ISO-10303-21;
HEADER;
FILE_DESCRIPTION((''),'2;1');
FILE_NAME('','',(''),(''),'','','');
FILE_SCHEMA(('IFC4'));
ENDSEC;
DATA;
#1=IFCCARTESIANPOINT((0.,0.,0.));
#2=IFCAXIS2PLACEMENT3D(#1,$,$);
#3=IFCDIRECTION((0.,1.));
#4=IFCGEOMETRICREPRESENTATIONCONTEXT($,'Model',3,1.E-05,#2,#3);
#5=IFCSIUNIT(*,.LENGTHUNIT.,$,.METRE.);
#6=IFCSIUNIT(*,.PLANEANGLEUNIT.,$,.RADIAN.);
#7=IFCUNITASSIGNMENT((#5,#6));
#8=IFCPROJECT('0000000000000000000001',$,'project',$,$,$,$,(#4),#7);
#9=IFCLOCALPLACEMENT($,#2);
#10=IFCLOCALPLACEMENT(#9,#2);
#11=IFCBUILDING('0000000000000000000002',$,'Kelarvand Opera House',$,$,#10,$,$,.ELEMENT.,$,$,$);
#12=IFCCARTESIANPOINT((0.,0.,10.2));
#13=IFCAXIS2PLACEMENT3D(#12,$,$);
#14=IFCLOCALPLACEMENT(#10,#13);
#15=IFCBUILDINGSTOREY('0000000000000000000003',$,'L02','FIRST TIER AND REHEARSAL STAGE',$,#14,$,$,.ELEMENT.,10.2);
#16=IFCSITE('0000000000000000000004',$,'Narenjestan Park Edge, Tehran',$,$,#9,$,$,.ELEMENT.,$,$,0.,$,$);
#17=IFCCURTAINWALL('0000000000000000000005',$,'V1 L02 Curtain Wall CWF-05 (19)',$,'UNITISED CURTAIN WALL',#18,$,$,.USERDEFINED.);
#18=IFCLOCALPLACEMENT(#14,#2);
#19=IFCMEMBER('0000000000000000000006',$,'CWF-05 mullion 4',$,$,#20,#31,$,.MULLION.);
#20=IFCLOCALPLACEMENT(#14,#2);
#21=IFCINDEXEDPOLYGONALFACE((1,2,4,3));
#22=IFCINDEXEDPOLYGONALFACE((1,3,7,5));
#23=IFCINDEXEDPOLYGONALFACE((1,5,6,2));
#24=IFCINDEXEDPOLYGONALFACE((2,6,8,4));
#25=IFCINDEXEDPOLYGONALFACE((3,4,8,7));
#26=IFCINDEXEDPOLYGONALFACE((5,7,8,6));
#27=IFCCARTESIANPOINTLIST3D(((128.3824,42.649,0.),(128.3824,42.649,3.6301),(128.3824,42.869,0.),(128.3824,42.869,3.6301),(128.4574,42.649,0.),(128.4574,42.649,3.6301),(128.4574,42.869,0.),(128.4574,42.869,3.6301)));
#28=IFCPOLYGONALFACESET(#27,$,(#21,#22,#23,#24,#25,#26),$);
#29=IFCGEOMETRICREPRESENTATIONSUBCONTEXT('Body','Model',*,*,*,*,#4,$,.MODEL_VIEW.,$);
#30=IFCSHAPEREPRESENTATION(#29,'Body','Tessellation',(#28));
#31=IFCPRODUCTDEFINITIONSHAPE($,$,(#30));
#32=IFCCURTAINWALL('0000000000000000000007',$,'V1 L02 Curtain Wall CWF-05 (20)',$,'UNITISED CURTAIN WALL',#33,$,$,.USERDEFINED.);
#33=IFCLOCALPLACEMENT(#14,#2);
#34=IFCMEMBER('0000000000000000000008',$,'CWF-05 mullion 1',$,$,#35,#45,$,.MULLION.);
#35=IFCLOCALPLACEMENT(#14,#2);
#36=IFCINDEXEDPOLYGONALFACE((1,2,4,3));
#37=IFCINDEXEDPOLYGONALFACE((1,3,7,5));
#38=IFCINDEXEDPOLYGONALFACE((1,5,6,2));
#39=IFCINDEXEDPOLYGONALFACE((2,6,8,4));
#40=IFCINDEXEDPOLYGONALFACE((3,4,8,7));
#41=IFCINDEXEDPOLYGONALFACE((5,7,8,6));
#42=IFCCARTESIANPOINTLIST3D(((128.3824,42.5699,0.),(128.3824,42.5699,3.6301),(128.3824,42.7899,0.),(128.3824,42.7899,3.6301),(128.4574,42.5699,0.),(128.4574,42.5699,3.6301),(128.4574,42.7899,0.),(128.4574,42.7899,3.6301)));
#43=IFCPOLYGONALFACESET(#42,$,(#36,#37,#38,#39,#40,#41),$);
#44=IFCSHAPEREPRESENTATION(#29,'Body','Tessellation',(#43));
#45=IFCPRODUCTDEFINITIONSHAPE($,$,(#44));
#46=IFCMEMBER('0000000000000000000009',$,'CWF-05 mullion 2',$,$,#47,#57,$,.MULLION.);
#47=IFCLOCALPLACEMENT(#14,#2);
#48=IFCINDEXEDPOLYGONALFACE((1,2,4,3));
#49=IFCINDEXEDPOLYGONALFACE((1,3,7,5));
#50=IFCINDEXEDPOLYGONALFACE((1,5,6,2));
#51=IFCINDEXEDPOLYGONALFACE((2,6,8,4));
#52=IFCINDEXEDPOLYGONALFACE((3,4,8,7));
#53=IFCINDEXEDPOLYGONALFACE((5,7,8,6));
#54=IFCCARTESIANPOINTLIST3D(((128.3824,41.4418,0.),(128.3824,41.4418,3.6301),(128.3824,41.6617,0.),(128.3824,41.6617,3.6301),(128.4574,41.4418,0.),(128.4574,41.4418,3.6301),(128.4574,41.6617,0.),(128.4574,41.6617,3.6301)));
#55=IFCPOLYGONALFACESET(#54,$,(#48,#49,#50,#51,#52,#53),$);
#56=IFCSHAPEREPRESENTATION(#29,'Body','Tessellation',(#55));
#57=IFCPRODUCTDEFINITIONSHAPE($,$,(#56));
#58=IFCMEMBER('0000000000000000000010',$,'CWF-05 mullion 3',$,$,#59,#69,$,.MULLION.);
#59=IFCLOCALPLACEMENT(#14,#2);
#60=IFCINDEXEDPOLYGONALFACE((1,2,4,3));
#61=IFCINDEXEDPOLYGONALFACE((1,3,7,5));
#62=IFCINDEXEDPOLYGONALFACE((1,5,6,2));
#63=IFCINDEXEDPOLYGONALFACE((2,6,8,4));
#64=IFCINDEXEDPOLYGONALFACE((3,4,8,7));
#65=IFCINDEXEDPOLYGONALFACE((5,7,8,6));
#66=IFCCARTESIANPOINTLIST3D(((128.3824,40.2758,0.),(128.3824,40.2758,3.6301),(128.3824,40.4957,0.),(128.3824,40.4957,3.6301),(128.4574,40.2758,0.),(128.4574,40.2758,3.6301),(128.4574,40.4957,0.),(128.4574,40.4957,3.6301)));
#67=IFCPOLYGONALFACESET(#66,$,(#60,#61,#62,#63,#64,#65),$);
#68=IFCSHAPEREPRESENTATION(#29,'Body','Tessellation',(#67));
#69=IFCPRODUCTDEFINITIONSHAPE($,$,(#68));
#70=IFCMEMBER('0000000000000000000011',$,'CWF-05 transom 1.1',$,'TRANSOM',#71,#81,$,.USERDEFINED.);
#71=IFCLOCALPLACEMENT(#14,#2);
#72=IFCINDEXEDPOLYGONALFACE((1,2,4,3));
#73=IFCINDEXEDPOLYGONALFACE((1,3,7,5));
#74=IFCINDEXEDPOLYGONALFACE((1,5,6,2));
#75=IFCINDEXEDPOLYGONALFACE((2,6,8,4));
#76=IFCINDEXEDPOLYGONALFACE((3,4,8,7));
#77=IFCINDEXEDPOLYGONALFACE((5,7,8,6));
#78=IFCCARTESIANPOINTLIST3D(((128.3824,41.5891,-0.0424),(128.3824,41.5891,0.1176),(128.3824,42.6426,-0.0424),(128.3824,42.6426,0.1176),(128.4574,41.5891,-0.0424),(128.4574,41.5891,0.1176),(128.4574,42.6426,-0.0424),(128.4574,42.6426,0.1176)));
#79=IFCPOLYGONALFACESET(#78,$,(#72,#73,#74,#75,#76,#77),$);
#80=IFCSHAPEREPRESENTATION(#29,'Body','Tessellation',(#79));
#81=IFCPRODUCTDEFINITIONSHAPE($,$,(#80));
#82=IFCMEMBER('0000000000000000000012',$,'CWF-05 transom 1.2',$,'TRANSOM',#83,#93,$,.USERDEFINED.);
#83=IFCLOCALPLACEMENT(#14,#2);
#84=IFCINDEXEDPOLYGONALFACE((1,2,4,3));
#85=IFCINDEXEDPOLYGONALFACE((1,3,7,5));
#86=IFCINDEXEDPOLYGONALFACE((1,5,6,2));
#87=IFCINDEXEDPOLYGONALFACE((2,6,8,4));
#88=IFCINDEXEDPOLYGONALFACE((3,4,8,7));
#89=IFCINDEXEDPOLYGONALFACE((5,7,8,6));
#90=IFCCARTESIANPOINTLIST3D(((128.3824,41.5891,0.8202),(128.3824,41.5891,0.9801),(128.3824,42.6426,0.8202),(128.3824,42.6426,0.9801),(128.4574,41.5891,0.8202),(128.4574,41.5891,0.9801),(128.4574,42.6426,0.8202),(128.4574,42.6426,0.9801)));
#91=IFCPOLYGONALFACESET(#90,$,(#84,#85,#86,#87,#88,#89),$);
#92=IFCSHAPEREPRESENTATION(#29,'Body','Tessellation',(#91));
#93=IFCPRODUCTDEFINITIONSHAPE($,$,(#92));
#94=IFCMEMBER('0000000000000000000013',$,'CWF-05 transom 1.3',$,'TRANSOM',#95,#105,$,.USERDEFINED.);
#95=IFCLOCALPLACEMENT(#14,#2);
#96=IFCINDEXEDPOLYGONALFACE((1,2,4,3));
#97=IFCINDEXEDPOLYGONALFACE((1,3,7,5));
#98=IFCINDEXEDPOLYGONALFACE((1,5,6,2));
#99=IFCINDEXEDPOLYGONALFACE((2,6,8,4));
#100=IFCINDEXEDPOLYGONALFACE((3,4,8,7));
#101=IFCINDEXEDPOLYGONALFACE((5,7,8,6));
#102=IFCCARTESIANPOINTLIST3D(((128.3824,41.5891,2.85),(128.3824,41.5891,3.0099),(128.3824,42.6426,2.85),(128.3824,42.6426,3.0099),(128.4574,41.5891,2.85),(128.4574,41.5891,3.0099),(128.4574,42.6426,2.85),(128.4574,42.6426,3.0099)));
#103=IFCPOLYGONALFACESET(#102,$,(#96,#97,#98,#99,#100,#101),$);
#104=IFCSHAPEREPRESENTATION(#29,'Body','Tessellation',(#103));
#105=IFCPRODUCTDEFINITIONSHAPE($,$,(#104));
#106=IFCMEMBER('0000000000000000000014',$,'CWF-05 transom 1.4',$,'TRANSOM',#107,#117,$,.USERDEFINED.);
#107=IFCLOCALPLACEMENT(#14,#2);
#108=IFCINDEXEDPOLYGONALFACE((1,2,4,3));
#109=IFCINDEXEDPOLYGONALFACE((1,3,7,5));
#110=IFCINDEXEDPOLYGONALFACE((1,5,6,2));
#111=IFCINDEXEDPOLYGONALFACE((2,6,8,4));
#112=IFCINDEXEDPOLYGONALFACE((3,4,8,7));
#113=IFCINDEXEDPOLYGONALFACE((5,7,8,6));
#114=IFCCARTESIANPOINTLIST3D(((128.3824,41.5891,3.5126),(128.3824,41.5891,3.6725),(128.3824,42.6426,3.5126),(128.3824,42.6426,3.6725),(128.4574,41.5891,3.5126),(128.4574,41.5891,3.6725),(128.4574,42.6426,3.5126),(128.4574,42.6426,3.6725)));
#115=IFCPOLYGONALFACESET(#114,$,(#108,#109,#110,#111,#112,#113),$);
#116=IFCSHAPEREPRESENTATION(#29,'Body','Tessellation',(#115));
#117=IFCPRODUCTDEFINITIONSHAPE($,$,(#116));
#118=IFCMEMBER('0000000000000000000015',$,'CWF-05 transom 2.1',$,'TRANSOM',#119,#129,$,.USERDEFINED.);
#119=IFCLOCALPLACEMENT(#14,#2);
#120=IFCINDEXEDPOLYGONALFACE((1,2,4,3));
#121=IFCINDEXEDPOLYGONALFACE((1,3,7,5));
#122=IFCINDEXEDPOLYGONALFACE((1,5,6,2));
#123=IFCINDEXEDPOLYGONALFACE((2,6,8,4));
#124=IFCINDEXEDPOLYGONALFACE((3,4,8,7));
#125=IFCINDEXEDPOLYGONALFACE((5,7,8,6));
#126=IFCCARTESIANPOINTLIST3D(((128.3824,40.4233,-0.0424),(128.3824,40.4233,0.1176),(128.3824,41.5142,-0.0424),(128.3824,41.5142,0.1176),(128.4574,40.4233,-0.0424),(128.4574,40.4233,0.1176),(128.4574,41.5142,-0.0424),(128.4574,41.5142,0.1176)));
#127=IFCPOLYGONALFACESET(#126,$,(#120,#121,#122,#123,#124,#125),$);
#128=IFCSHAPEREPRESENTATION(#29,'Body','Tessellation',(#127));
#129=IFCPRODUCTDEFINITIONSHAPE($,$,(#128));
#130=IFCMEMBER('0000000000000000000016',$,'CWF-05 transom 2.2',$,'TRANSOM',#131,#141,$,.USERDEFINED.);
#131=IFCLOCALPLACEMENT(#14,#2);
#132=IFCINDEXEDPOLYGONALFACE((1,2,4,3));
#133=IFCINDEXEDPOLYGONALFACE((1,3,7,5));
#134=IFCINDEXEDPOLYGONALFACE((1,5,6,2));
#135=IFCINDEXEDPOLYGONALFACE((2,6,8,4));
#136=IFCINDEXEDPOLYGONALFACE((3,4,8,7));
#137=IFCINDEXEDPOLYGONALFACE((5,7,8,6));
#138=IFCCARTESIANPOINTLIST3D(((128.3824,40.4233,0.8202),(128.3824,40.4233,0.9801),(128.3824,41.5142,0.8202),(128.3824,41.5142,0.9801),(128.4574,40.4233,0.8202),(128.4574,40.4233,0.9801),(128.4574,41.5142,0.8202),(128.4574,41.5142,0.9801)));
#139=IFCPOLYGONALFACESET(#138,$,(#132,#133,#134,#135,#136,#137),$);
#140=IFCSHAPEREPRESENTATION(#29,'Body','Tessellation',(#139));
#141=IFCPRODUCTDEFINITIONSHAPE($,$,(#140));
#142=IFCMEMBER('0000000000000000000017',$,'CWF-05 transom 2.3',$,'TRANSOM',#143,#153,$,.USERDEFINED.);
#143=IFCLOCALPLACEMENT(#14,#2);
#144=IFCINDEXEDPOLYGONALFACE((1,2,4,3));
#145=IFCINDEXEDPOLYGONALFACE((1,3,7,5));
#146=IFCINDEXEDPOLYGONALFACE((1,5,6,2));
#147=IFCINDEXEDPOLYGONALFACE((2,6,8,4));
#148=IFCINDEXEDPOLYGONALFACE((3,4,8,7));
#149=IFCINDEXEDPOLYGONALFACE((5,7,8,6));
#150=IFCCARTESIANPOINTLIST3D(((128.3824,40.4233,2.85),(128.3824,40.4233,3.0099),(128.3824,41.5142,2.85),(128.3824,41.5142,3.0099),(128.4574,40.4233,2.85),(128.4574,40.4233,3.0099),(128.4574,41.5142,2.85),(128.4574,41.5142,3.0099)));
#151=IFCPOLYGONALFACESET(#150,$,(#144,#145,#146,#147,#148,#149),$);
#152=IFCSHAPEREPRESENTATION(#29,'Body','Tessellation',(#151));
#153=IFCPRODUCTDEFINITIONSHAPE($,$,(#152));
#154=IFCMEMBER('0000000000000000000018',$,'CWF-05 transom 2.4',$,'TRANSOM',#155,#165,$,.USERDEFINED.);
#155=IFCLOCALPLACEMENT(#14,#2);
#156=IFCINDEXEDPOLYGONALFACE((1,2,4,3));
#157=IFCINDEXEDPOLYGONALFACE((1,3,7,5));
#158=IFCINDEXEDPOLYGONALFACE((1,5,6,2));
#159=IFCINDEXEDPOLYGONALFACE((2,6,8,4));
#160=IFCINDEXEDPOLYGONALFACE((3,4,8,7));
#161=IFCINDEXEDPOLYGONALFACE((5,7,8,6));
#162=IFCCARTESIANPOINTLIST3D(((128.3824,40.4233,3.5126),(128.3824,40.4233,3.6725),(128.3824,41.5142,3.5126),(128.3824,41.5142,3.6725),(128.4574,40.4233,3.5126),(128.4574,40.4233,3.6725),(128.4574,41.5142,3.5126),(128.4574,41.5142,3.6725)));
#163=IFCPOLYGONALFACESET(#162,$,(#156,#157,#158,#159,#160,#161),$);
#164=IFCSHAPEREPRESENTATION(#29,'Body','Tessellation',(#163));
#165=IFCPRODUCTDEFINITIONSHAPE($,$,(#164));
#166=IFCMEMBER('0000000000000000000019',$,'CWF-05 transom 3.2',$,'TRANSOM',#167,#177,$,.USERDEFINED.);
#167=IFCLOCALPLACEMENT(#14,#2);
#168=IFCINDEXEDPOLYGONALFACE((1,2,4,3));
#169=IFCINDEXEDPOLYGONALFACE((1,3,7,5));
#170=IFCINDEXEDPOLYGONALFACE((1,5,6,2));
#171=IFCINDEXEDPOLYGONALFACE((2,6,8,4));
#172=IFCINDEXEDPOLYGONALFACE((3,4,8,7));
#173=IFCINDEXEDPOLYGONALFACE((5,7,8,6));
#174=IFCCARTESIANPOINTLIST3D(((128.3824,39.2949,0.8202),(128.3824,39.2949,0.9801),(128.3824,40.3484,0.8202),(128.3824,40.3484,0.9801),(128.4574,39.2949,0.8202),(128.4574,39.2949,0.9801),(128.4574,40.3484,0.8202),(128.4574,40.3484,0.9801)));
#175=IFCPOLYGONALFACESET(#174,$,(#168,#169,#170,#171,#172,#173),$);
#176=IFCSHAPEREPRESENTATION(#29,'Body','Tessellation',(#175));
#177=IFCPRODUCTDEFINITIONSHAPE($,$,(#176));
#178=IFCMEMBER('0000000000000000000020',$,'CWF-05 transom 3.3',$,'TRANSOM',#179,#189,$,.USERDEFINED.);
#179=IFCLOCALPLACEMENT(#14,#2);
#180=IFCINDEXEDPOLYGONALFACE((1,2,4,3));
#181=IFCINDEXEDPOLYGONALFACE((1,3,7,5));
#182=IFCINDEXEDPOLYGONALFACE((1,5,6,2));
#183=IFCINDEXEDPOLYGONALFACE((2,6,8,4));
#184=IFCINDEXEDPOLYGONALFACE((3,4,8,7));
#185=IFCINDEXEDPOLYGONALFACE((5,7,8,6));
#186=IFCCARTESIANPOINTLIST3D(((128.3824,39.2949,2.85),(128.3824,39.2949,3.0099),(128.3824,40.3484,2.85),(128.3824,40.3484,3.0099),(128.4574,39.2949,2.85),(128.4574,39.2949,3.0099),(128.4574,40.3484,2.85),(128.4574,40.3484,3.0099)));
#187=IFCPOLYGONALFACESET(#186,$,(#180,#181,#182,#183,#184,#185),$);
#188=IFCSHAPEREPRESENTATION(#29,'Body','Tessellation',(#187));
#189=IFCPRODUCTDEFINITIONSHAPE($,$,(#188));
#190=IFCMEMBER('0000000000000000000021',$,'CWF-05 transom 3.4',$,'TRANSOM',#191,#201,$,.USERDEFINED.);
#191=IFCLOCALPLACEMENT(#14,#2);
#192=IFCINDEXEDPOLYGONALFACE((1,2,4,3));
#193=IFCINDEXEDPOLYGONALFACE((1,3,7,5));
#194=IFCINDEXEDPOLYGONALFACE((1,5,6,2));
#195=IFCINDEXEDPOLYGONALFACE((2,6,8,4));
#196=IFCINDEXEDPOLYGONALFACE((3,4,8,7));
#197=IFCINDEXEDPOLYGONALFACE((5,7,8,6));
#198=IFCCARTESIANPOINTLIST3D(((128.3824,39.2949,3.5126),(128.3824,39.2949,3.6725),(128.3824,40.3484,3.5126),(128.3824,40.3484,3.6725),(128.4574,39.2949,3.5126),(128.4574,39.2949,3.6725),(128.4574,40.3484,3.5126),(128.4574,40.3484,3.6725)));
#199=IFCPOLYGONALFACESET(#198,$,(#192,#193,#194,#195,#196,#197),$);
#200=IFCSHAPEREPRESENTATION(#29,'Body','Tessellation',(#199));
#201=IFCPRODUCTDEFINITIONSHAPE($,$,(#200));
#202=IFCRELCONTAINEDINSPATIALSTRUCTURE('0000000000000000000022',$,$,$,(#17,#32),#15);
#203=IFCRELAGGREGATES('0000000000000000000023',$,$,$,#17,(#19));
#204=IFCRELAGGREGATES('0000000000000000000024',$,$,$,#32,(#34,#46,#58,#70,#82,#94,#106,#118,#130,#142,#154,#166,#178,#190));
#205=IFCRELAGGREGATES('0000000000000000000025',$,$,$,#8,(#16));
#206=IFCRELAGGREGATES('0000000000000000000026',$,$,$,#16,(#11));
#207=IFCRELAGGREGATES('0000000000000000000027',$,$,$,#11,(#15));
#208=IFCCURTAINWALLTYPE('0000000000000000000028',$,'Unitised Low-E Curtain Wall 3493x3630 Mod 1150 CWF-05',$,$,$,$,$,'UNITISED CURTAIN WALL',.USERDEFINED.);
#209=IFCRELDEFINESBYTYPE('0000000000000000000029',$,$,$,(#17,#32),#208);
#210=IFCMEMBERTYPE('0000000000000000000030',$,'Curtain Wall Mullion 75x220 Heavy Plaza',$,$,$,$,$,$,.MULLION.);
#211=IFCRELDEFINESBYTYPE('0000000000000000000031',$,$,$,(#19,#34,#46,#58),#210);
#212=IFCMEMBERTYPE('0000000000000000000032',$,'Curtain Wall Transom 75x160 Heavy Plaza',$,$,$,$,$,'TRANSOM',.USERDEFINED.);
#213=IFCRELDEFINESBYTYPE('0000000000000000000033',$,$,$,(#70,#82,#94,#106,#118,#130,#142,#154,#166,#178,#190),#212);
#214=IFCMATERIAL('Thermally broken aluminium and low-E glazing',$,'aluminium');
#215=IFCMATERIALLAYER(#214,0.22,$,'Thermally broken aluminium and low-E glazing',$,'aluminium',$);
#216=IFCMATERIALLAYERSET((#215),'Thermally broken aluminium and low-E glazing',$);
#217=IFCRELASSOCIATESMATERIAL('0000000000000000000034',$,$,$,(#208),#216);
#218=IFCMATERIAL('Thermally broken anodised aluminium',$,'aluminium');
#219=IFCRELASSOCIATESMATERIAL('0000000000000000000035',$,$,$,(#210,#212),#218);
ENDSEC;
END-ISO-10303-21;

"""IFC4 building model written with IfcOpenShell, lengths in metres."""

from ifc_helpers import new_model, si_unit, direction, frame, origin, origin_2d, place, context, subcontext, project, spatial, rectangle, extrude, material, layer, layer_set, material_profile, profile_set, type_object, element, aggregate, save


model = new_model("IFC4")

# Units and contexts
model_context = context("Model", 3, precision=1e-05, world=origin(), true_north=direction((0.0, 1.0)))
body_context = subcontext(model_context, "Body", "Model", "MODEL_VIEW")
ifc_project = project(units=[si_unit("LENGTHUNIT", "METRE"), si_unit("PLANEANGLEUNIT", "RADIAN")], contexts=[model_context])

# Site, building, storey
site_placement = place(None, origin())
site = spatial("IfcSite", under=ifc_project, at=site_placement, Name="Narenjestan Park Edge, Tehran", CompositionType="ELEMENT", RefElevation=0.0)
building_placement = place(site_placement, origin())
building = spatial("IfcBuilding", under=site, at=building_placement, Name="Kelarvand Opera House", CompositionType="ELEMENT")
storey_placement = place(building_placement, frame((0.0, 0.0, 10.2)))
storey = spatial("IfcBuildingStorey", under=building, at=storey_placement, Name="L02", Description="FIRST TIER AND REHEARSAL STAGE", CompositionType="ELEMENT", Elevation=10.2)

# Curtain wall, member
ifc_material_1 = material(Name="Thermally broken aluminium and low-E glazing", Category="aluminium")
ifc_layer_1 = layer(ifc_material_1, 0.22, Name="Thermally broken aluminium and low-E glazing", Category="aluminium")
ifc_layer_set_1 = layer_set([ifc_layer_1], Name="Thermally broken aluminium and low-E glazing")
curtain_wall_type = type_object("IfcCurtainWallType", Name="Unitised Low-E Curtain Wall 3493x3630 Mod 1150 CWF-05", ElementType="UNITISED CURTAIN WALL", PredefinedType="USERDEFINED", material=ifc_layer_set_1)
curtain_wall_1_placement = place(storey_placement, origin())
curtain_wall_1 = element("IfcCurtainWall", 1, at=curtain_wall_1_placement, inside=storey, type_object=curtain_wall_type, Name="V1 L02 Curtain Wall CWF-05 (19)", ObjectType="UNITISED CURTAIN WALL", PredefinedType="USERDEFINED")
ifc_material_2 = material(Name="Thermally broken anodised aluminium", Category="aluminium")
ifc_material_profile_1 = material_profile(ifc_material_2, rectangle(XDim=0.075, YDim=0.22, at=origin_2d()), Name="ALU MULLION 75x220", Category="aluminium")
ifc_profile_set_1 = profile_set([ifc_material_profile_1], Name="Thermally broken anodised aluminium")
member_type_1 = type_object("IfcMemberType", Name="Curtain Wall Mullion 75x220 Heavy Plaza", PredefinedType="MULLION", material=ifc_profile_set_1)
member_1_placement = place(storey_placement, frame((128.4199, 42.759, 0.0), z_axis=(0.0, 0.0, 1.0), x_axis=(1.0, 0.0, 0.0)))
member_1 = element("IfcMember", 2, at=member_1_placement, type_object=member_type_1, Name="CWF-05 mullion 4", PredefinedType="MULLION", context=body_context, shape_type="SweptSolid", body=[
    extrude(rectangle(XDim=0.075, YDim=0.22, at=origin_2d()), origin(), (0.0, 0.0, 1.0), 3.6301),
])

# Curtain wall, members
curtain_wall_2_placement = place(storey_placement, origin())
curtain_wall_2 = element("IfcCurtainWall", 3, at=curtain_wall_2_placement, inside=storey, type_object=curtain_wall_type, Name="V1 L02 Curtain Wall CWF-05 (20)", ObjectType="UNITISED CURTAIN WALL", PredefinedType="USERDEFINED")
member_2_placement = place(storey_placement, frame((128.4199, 42.6799, 0.0), z_axis=(0.0, 0.0, 1.0), x_axis=(1.0, 0.0, 0.0)))
member_2 = element("IfcMember", 4, at=member_2_placement, type_object=member_type_1, Name="CWF-05 mullion 1", PredefinedType="MULLION", context=body_context, shape_type="SweptSolid", body=[
    extrude(rectangle(XDim=0.075, YDim=0.22, at=origin_2d()), origin(), (0.0, 0.0, 1.0), 3.6301),
])
member_3_placement = place(storey_placement, frame((128.4199, 41.5518, 0.0), z_axis=(0.0, 0.0, 1.0), x_axis=(1.0, 0.0, 0.0)))
member_3 = element("IfcMember", 5, at=member_3_placement, type_object=member_type_1, Name="CWF-05 mullion 2", PredefinedType="MULLION", context=body_context, shape_type="SweptSolid", body=[
    extrude(rectangle(XDim=0.075, YDim=0.22, at=origin_2d()), origin(), (0.0, 0.0, 1.0), 3.6301),
])
member_4_placement = place(storey_placement, frame((128.4199, 40.3857, 0.0), z_axis=(0.0, 0.0, 1.0), x_axis=(1.0, 0.0, 0.0)))
member_4 = element("IfcMember", 6, at=member_4_placement, type_object=member_type_1, Name="CWF-05 mullion 3", PredefinedType="MULLION", context=body_context, shape_type="SweptSolid", body=[
    extrude(rectangle(XDim=0.075, YDim=0.22, at=origin_2d()), origin(), (0.0, 0.0, 1.0), 3.6301),
])
ifc_material_profile_2 = material_profile(ifc_material_2, rectangle(XDim=0.075, YDim=0.1599, at=origin_2d()), Name="ALU TRANSOM 75x160", Category="aluminium")
ifc_profile_set_2 = profile_set([ifc_material_profile_2], Name="Thermally broken anodised aluminium")
member_type_2 = type_object("IfcMemberType", Name="Curtain Wall Transom 75x160 Heavy Plaza", ElementType="TRANSOM", PredefinedType="USERDEFINED", material=ifc_profile_set_2)
member_5_placement = place(storey_placement, frame((128.4199, 42.6426, 0.0376), z_axis=(0.0, -1.0, 0.0), x_axis=(1.0, 0.0, 0.0)))
member_5 = element("IfcMember", 7, at=member_5_placement, type_object=member_type_2, Name="CWF-05 transom 1.1", ObjectType="TRANSOM", PredefinedType="USERDEFINED", context=body_context, shape_type="SweptSolid", body=[
    extrude(rectangle(XDim=0.075, YDim=0.1599, at=origin_2d()), origin(), (0.0, 0.0, 1.0), 1.0535),
])
member_6_placement = place(storey_placement, frame((128.4199, 42.6426, 0.9001), z_axis=(0.0, -1.0, 0.0), x_axis=(1.0, 0.0, 0.0)))
member_6 = element("IfcMember", 8, at=member_6_placement, type_object=member_type_2, Name="CWF-05 transom 1.2", ObjectType="TRANSOM", PredefinedType="USERDEFINED", context=body_context, shape_type="SweptSolid", body=[
    extrude(rectangle(XDim=0.075, YDim=0.1599, at=origin_2d()), origin(), (0.0, 0.0, 1.0), 1.0535),
])
member_7_placement = place(storey_placement, frame((128.4199, 42.6426, 2.9299), z_axis=(0.0, -1.0, 0.0), x_axis=(1.0, 0.0, 0.0)))
member_7 = element("IfcMember", 9, at=member_7_placement, type_object=member_type_2, Name="CWF-05 transom 1.3", ObjectType="TRANSOM", PredefinedType="USERDEFINED", context=body_context, shape_type="SweptSolid", body=[
    extrude(rectangle(XDim=0.075, YDim=0.1599, at=origin_2d()), origin(), (0.0, 0.0, 1.0), 1.0535),
])
member_8_placement = place(storey_placement, frame((128.4199, 42.6426, 3.5925), z_axis=(0.0, -1.0, 0.0), x_axis=(1.0, 0.0, 0.0)))
member_8 = element("IfcMember", 10, at=member_8_placement, type_object=member_type_2, Name="CWF-05 transom 1.4", ObjectType="TRANSOM", PredefinedType="USERDEFINED", context=body_context, shape_type="SweptSolid", body=[
    extrude(rectangle(XDim=0.075, YDim=0.1599, at=origin_2d()), origin(), (0.0, 0.0, 1.0), 1.0535),
])
member_9_placement = place(storey_placement, frame((128.4199, 41.5142, 0.0376), z_axis=(0.0, -1.0, 0.0), x_axis=(1.0, 0.0, 0.0)))
member_9 = element("IfcMember", 11, at=member_9_placement, type_object=member_type_2, Name="CWF-05 transom 2.1", ObjectType="TRANSOM", PredefinedType="USERDEFINED", context=body_context, shape_type="SweptSolid", body=[
    extrude(rectangle(XDim=0.075, YDim=0.1599, at=origin_2d()), origin(), (0.0, 0.0, 1.0), 1.0908),
])
member_10_placement = place(storey_placement, frame((128.4199, 41.5142, 0.9001), z_axis=(0.0, -1.0, 0.0), x_axis=(1.0, 0.0, 0.0)))
member_10 = element("IfcMember", 12, at=member_10_placement, type_object=member_type_2, Name="CWF-05 transom 2.2", ObjectType="TRANSOM", PredefinedType="USERDEFINED", context=body_context, shape_type="SweptSolid", body=[
    extrude(rectangle(XDim=0.075, YDim=0.1599, at=origin_2d()), origin(), (0.0, 0.0, 1.0), 1.0908),
])
member_11_placement = place(storey_placement, frame((128.4199, 41.5142, 2.9299), z_axis=(0.0, -1.0, 0.0), x_axis=(1.0, 0.0, 0.0)))
member_11 = element("IfcMember", 13, at=member_11_placement, type_object=member_type_2, Name="CWF-05 transom 2.3", ObjectType="TRANSOM", PredefinedType="USERDEFINED", context=body_context, shape_type="SweptSolid", body=[
    extrude(rectangle(XDim=0.075, YDim=0.1599, at=origin_2d()), origin(), (0.0, 0.0, 1.0), 1.0908),
])
member_12_placement = place(storey_placement, frame((128.4199, 41.5142, 3.5925), z_axis=(0.0, -1.0, 0.0), x_axis=(1.0, 0.0, 0.0)))
member_12 = element("IfcMember", 14, at=member_12_placement, type_object=member_type_2, Name="CWF-05 transom 2.4", ObjectType="TRANSOM", PredefinedType="USERDEFINED", context=body_context, shape_type="SweptSolid", body=[
    extrude(rectangle(XDim=0.075, YDim=0.1599, at=origin_2d()), origin(), (0.0, 0.0, 1.0), 1.0908),
])
member_13_placement = place(storey_placement, frame((128.4199, 40.3484, 0.9001), z_axis=(0.0, -1.0, 0.0), x_axis=(1.0, 0.0, 0.0)))
member_13 = element("IfcMember", 15, at=member_13_placement, type_object=member_type_2, Name="CWF-05 transom 3.2", ObjectType="TRANSOM", PredefinedType="USERDEFINED", context=body_context, shape_type="SweptSolid", body=[
    extrude(rectangle(XDim=0.075, YDim=0.1599, at=origin_2d()), origin(), (0.0, 0.0, 1.0), 1.0535),
])
member_14_placement = place(storey_placement, frame((128.4199, 40.3484, 2.9299), z_axis=(0.0, -1.0, 0.0), x_axis=(1.0, 0.0, 0.0)))
member_14 = element("IfcMember", 16, at=member_14_placement, type_object=member_type_2, Name="CWF-05 transom 3.3", ObjectType="TRANSOM", PredefinedType="USERDEFINED", context=body_context, shape_type="SweptSolid", body=[
    extrude(rectangle(XDim=0.075, YDim=0.1599, at=origin_2d()), origin(), (0.0, 0.0, 1.0), 1.0535),
])
member_15_placement = place(storey_placement, frame((128.4199, 40.3484, 3.5925), z_axis=(0.0, -1.0, 0.0), x_axis=(1.0, 0.0, 0.0)))
member_15 = element("IfcMember", 17, at=member_15_placement, type_object=member_type_2, Name="CWF-05 transom 3.4", ObjectType="TRANSOM", PredefinedType="USERDEFINED", context=body_context, shape_type="SweptSolid", body=[
    extrude(rectangle(XDim=0.075, YDim=0.1599, at=origin_2d()), origin(), (0.0, 0.0, 1.0), 1.0535),
])

aggregate(curtain_wall_1, [member_1])
aggregate(curtain_wall_2, [member_2, member_3, member_4, member_5, member_6, member_7, member_8, member_9, member_10, member_11, member_12, member_13, member_14, member_15])

save(model, "model.ifc")
